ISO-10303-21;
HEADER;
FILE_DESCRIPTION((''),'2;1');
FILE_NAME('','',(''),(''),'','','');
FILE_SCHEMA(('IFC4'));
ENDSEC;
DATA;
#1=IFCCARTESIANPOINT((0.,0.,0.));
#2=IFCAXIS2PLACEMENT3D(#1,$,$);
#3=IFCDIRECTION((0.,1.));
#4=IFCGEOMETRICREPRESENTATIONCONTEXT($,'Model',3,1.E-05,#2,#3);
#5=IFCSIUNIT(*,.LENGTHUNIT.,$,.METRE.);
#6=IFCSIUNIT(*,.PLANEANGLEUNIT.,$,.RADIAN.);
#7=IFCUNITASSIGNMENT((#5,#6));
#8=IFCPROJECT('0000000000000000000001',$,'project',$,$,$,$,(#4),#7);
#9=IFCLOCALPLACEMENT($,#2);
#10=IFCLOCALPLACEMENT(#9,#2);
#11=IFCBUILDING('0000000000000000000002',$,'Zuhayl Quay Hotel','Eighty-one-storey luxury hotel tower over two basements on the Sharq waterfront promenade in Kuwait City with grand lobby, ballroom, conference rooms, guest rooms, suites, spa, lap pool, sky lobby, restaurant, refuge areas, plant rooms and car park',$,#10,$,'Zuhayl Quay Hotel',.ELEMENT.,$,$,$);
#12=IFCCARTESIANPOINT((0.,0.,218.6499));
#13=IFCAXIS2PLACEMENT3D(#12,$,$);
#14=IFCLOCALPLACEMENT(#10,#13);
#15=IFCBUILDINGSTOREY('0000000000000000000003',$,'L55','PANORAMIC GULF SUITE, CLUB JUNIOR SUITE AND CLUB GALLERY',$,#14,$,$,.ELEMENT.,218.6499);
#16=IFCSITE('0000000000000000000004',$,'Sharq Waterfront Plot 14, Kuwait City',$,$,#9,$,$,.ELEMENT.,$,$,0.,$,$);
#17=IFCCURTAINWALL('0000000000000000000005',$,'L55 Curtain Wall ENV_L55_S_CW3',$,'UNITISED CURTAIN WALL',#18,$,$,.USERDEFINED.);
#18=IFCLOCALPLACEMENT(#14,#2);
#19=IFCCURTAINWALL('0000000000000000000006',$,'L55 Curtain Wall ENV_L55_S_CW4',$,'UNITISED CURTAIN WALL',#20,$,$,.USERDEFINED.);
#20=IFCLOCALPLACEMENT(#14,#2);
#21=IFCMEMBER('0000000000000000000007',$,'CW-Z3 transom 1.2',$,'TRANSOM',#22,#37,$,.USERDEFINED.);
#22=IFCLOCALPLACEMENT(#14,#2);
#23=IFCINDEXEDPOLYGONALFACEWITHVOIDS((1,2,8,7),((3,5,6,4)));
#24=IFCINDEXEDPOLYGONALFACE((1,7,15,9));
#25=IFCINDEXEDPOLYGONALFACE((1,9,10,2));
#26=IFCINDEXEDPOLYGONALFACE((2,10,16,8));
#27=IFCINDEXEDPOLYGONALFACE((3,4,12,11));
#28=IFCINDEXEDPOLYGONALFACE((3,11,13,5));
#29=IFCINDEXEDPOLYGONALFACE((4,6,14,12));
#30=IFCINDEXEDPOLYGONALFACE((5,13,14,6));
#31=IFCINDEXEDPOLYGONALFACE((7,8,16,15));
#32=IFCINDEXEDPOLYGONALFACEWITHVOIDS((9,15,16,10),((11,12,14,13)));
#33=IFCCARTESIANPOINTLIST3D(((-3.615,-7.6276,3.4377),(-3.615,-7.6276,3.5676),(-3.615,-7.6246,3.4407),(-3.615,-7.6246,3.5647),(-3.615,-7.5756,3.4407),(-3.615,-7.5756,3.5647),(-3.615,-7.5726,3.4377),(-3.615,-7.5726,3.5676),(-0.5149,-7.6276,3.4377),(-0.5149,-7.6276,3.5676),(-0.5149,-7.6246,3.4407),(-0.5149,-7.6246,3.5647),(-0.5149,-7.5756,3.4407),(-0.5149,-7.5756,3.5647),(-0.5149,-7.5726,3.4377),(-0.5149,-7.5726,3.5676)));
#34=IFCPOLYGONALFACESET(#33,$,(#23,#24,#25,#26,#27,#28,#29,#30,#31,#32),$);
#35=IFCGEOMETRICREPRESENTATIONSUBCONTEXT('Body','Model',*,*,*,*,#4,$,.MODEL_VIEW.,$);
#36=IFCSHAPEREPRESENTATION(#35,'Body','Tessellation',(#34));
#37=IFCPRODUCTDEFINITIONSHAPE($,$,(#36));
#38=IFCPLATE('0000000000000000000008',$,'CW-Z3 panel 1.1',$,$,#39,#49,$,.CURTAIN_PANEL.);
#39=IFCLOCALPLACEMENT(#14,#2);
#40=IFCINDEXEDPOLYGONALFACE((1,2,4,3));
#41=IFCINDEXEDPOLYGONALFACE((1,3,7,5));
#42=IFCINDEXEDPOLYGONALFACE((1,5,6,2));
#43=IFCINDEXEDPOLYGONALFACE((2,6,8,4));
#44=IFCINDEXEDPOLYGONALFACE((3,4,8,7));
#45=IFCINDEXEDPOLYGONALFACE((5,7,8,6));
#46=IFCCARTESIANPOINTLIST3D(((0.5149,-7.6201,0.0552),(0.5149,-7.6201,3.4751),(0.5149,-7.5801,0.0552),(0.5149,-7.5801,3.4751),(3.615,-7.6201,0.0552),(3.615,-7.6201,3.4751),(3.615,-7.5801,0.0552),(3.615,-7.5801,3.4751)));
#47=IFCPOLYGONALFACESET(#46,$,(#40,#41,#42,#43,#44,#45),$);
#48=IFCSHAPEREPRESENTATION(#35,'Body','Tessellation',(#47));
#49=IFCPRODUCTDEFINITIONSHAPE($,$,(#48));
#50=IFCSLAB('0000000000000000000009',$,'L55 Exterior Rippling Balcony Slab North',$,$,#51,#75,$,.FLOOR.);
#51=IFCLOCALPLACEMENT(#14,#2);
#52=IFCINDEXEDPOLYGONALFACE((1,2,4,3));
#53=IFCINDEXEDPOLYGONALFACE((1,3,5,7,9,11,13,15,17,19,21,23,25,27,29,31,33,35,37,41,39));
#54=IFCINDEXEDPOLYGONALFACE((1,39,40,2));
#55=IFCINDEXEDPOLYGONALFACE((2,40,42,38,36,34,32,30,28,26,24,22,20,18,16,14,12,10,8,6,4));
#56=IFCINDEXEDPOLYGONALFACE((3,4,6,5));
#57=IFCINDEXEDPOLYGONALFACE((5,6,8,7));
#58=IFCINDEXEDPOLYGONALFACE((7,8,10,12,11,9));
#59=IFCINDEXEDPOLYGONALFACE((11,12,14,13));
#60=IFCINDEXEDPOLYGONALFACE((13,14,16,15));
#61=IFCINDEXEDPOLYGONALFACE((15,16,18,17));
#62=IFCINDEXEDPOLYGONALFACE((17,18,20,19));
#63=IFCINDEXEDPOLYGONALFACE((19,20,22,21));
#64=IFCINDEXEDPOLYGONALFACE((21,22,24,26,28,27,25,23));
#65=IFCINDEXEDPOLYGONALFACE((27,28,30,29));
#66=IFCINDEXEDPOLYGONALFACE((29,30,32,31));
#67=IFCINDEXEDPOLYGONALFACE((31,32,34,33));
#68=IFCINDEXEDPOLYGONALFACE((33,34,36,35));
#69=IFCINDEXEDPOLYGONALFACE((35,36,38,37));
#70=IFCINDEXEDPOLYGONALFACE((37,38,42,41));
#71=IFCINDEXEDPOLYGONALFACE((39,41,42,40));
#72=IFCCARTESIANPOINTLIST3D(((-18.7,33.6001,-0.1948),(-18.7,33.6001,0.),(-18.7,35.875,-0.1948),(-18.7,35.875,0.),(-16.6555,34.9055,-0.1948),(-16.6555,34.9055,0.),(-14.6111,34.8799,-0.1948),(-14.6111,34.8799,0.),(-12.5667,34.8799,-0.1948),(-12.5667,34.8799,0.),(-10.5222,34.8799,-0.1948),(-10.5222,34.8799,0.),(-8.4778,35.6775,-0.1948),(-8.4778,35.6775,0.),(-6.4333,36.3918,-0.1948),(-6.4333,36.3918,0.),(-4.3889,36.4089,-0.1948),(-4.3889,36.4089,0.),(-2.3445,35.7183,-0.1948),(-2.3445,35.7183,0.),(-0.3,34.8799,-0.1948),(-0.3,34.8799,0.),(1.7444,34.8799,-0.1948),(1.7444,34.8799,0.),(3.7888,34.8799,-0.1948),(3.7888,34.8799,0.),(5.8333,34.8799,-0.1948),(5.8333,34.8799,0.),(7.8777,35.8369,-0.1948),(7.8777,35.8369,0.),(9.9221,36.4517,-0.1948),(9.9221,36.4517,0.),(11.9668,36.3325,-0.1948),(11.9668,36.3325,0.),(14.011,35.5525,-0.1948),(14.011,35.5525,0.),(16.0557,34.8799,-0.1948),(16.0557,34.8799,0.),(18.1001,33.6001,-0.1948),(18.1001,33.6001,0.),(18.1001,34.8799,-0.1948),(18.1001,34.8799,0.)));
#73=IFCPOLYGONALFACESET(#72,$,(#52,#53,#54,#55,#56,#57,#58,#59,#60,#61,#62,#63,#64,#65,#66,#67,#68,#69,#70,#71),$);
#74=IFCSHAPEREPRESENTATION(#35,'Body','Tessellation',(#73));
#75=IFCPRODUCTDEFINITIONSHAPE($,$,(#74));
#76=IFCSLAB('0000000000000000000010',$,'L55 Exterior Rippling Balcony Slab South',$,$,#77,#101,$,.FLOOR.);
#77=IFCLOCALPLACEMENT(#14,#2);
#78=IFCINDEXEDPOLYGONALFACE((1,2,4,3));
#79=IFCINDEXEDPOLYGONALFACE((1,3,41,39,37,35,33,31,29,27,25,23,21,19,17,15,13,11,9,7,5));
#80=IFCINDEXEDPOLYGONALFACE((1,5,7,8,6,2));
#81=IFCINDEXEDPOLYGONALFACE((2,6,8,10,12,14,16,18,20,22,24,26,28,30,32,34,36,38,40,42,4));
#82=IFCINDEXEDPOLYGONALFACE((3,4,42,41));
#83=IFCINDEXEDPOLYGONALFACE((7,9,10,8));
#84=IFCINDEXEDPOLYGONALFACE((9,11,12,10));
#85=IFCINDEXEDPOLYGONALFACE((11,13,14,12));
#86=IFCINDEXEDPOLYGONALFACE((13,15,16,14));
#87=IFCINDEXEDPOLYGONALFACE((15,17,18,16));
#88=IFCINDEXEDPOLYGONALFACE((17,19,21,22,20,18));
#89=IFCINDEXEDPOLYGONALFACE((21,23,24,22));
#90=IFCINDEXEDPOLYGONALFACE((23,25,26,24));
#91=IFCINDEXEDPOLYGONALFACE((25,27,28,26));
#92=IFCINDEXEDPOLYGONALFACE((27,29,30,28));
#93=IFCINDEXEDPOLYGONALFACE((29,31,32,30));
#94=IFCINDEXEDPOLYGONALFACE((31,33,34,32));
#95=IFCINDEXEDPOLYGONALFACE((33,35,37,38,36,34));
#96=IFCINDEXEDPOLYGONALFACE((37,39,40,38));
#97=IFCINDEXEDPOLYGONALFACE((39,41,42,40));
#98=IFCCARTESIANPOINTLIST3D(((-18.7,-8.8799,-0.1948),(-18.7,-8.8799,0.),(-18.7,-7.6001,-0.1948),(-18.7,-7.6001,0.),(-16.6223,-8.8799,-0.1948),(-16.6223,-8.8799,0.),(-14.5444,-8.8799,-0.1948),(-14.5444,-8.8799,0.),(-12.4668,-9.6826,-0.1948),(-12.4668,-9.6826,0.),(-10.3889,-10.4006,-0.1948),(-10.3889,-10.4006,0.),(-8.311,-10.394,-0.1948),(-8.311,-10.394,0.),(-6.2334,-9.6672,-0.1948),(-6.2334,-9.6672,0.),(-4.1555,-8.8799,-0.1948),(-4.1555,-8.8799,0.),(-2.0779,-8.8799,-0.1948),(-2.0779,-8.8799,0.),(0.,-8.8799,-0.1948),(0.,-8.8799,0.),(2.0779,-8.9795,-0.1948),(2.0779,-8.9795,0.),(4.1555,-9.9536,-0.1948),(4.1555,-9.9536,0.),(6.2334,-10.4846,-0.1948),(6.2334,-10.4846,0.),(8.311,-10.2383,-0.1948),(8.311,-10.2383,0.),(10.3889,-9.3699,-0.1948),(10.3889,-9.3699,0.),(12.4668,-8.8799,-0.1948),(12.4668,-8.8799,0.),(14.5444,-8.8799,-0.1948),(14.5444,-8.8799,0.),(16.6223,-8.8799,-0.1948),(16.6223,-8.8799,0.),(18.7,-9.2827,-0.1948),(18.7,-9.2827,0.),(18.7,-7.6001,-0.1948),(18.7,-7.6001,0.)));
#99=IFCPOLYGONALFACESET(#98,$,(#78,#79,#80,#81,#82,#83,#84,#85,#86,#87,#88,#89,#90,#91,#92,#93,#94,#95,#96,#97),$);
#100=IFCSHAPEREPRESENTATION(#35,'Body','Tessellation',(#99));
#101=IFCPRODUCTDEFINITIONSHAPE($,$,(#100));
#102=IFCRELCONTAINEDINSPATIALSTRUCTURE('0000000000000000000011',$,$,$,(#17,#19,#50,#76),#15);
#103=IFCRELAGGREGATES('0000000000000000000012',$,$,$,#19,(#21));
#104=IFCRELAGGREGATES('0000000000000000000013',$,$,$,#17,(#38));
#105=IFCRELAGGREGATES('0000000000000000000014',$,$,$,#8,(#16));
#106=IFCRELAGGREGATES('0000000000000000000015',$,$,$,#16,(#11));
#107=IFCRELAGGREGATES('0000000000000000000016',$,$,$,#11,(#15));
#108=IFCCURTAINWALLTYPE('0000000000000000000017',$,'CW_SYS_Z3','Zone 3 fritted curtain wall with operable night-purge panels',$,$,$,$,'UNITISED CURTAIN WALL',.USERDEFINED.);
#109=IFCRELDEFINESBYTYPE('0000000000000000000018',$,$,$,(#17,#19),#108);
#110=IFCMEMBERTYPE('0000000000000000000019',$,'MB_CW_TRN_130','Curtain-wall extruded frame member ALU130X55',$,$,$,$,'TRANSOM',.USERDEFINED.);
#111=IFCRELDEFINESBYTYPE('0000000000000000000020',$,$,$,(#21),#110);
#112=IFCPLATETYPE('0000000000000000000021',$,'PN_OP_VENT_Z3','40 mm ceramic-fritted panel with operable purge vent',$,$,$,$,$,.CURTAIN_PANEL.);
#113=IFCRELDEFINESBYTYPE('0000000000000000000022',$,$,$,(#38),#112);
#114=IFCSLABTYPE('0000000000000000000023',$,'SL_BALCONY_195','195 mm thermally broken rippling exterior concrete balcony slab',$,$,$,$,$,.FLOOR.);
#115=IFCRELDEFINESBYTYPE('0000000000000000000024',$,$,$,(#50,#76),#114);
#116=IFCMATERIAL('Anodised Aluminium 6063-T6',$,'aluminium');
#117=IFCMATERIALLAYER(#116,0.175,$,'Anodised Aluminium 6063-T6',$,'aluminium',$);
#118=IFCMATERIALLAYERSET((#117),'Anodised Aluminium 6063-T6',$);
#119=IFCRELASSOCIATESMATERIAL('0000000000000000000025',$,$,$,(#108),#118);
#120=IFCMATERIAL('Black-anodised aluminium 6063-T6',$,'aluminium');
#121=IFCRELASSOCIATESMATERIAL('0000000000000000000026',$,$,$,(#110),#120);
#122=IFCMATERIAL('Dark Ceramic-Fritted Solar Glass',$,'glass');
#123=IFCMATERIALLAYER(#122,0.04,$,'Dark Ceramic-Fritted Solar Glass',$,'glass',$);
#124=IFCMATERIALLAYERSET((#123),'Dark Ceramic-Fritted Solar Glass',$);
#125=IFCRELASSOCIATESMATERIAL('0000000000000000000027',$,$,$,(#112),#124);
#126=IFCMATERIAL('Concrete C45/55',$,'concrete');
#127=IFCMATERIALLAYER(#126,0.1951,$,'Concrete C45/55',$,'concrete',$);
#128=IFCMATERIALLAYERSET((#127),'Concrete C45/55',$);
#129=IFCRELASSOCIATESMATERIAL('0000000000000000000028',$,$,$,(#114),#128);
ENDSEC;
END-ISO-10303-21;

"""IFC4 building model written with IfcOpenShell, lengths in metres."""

from ifc_helpers import new_model, si_unit, direction, frame, origin, origin_2d, place, context, subcontext, project, spatial, polyline, rectangle, hollow_rectangle, outline, extrude, material, layer, layer_set, material_profile, profile_set, type_object, element, aggregate, save


model = new_model("IFC4")

# Units and contexts
model_context = context("Model", 3, precision=1e-05, world=origin(), true_north=direction((0.0, 1.0)))
body_context = subcontext(model_context, "Body", "Model", "MODEL_VIEW")
ifc_project = project(units=[si_unit("LENGTHUNIT", "METRE"), si_unit("PLANEANGLEUNIT", "RADIAN")], contexts=[model_context])

# Site, building, storey
site_placement = place(None, origin())
site = spatial("IfcSite", under=ifc_project, at=site_placement, Name="Sharq Waterfront Plot 14, Kuwait City", CompositionType="ELEMENT", RefElevation=0.0)
building_placement = place(site_placement, origin())
building = spatial("IfcBuilding", under=site, at=building_placement, Name="Zuhayl Quay Hotel", Description="Eighty-one-storey luxury hotel tower over two basements on the Sharq waterfront promenade in Kuwait City with grand lobby, ballroom, conference rooms, guest rooms, suites, spa, lap pool, sky lobby, restaurant, refuge areas, plant rooms and car park", LongName="Zuhayl Quay Hotel", CompositionType="ELEMENT")
storey_placement = place(building_placement, frame((0.0, 0.0, 218.6499)))
storey = spatial("IfcBuildingStorey", under=building, at=storey_placement, Name="L55", Description="PANORAMIC GULF SUITE, CLUB JUNIOR SUITE AND CLUB GALLERY", CompositionType="ELEMENT", Elevation=218.6499)

# Curtain wall
ifc_material_1 = material(Name="Anodised Aluminium 6063-T6", Category="aluminium")
ifc_layer_1 = layer(ifc_material_1, 0.175, Name="Anodised Aluminium 6063-T6", Category="aluminium")
ifc_layer_set_1 = layer_set([ifc_layer_1], Name="Anodised Aluminium 6063-T6")
curtain_wall_type = type_object("IfcCurtainWallType", Name="CW_SYS_Z3", Description="Zone 3 fritted curtain wall with operable night-purge panels", ElementType="UNITISED CURTAIN WALL", PredefinedType="USERDEFINED", material=ifc_layer_set_1)
curtain_wall_1_placement = place(storey_placement, origin())
curtain_wall_1 = element("IfcCurtainWall", 1, at=curtain_wall_1_placement, inside=storey, type_object=curtain_wall_type, Name="L55 Curtain Wall ENV_L55_S_CW3", ObjectType="UNITISED CURTAIN WALL", PredefinedType="USERDEFINED")
ifc_material_2 = material(Name="Black-anodised aluminium 6063-T6", Category="aluminium")

# Curtain wall
curtain_wall_2_placement = place(storey_placement, origin())
curtain_wall_2 = element("IfcCurtainWall", 2, at=curtain_wall_2_placement, inside=storey, type_object=curtain_wall_type, Name="L55 Curtain Wall ENV_L55_S_CW4", ObjectType="UNITISED CURTAIN WALL", PredefinedType="USERDEFINED")

# Member
ifc_material_profile_1 = material_profile(ifc_material_2, hollow_rectangle(XDim=0.0549, YDim=0.1299, WallThickness=0.0029, at=origin_2d()), Name="ALU130X55")
ifc_profile_set_1 = profile_set([ifc_material_profile_1], Name="Black-anodised aluminium 6063-T6")
member_type_1 = type_object("IfcMemberType", Name="MB_CW_TRN_130", Description="Curtain-wall extruded frame member ALU130X55", ElementType="TRANSOM", PredefinedType="USERDEFINED", material=ifc_profile_set_1)
member_1_placement = place(storey_placement, frame((-0.5149, -7.6001, 3.5027), z_axis=(-1.0, 0.0, 0.0), x_axis=(0.0, -1.0, 0.0)))
member_1 = element("IfcMember", 3, at=member_1_placement, type_object=member_type_1, Name="CW-Z3 transom 1.2", ObjectType="TRANSOM", PredefinedType="USERDEFINED", context=body_context, shape_type="SweptSolid", body=[
    extrude(hollow_rectangle(XDim=0.0549, YDim=0.1299, WallThickness=0.0029, at=origin_2d()), origin(), (0.0, 0.0, 1.0), 3.1001),
])
aggregate(curtain_wall_2, [member_1])

# Plate
ifc_material_3 = material(Name="Dark Ceramic-Fritted Solar Glass", Category="glass")
ifc_layer_2 = layer(ifc_material_3, 0.04, Name="Dark Ceramic-Fritted Solar Glass", Category="glass")
ifc_layer_set_2 = layer_set([ifc_layer_2], Name="Dark Ceramic-Fritted Solar Glass")
plate_type = type_object("IfcPlateType", Name="PN_OP_VENT_Z3", Description="40 mm ceramic-fritted panel with operable purge vent", PredefinedType="CURTAIN_PANEL", material=ifc_layer_set_2)
plate_placement = place(storey_placement, frame((2.0649, -7.6001, 0.0552), z_axis=(0.0, 0.0, 1.0), x_axis=(-1.0, 0.0, 0.0)))
plate = element("IfcPlate", 4, at=plate_placement, type_object=plate_type, Name="CW-Z3 panel 1.1", PredefinedType="CURTAIN_PANEL", context=body_context, shape_type="SweptSolid", body=[
    extrude(rectangle(XDim=3.1001, YDim=0.04, at=origin_2d()), origin(), (0.0, 0.0, 1.0), 3.4199),
])
aggregate(curtain_wall_1, [plate])

# Slabs
ifc_material_4 = material(Name="Concrete C45/55", Category="concrete")
ifc_layer_3 = layer(ifc_material_4, 0.1951, Name="Concrete C45/55", Category="concrete")
ifc_layer_set_3 = layer_set([ifc_layer_3], Name="Concrete C45/55")
slab_type_1 = type_object("IfcSlabType", Name="SL_BALCONY_195", Description="195 mm thermally broken rippling exterior concrete balcony slab", PredefinedType="FLOOR", material=ifc_layer_set_3)
slab_1_placement = place(storey_placement, frame((0.0, 0.0, -0.1948)))
element("IfcSlab", 5, at=slab_1_placement, inside=storey, type_object=slab_type_1, Name="L55 Exterior Rippling Balcony Slab North", PredefinedType="FLOOR", context=body_context, shape_type="SweptSolid", body=[
    extrude(outline(polyline([(-18.7, 33.6001), (18.1001, 33.6001), (18.1001, 34.8799), (16.0557, 34.8799), (14.011, 35.5525), (11.9668, 36.3325), (9.9221, 36.4517), (7.8777, 35.8369), (5.8333, 34.8799), (3.7888, 34.8799), (1.7444, 34.8799), (-0.3, 34.8799), (-2.3445, 35.7183), (-4.3889, 36.4089), (-6.4333, 36.3918), (-8.4778, 35.6775), (-10.5222, 34.8799), (-12.5667, 34.8799), (-14.6111, 34.8799), (-16.6555, 34.9055), (-18.7, 35.875), (-18.7, 33.6001)])), origin(), (0.0, 0.0, 1.0), 0.1948),
])
slab_2_placement = place(storey_placement, frame((0.0, 0.0, -0.1948)))
element("IfcSlab", 6, at=slab_2_placement, inside=storey, type_object=slab_type_1, Name="L55 Exterior Rippling Balcony Slab South", PredefinedType="FLOOR", context=body_context, shape_type="SweptSolid", body=[
    extrude(outline(polyline([(-18.7, -8.8799), (-16.6223, -8.8799), (-14.5444, -8.8799), (-12.4668, -9.6826), (-10.3889, -10.4006), (-8.311, -10.394), (-6.2334, -9.6672), (-4.1555, -8.8799), (-2.0779, -8.8799), (0.0, -8.8799), (2.0779, -8.9795), (4.1555, -9.9536), (6.2334, -10.4846), (8.311, -10.2383), (10.3889, -9.3699), (12.4668, -8.8799), (14.5444, -8.8799), (16.6223, -8.8799), (18.7, -9.2827), (18.7, -7.6001), (-18.7, -7.6001), (-18.7, -8.8799)])), origin(), (0.0, 0.0, 1.0), 0.1948),
])

save(model, "model.ifc")
